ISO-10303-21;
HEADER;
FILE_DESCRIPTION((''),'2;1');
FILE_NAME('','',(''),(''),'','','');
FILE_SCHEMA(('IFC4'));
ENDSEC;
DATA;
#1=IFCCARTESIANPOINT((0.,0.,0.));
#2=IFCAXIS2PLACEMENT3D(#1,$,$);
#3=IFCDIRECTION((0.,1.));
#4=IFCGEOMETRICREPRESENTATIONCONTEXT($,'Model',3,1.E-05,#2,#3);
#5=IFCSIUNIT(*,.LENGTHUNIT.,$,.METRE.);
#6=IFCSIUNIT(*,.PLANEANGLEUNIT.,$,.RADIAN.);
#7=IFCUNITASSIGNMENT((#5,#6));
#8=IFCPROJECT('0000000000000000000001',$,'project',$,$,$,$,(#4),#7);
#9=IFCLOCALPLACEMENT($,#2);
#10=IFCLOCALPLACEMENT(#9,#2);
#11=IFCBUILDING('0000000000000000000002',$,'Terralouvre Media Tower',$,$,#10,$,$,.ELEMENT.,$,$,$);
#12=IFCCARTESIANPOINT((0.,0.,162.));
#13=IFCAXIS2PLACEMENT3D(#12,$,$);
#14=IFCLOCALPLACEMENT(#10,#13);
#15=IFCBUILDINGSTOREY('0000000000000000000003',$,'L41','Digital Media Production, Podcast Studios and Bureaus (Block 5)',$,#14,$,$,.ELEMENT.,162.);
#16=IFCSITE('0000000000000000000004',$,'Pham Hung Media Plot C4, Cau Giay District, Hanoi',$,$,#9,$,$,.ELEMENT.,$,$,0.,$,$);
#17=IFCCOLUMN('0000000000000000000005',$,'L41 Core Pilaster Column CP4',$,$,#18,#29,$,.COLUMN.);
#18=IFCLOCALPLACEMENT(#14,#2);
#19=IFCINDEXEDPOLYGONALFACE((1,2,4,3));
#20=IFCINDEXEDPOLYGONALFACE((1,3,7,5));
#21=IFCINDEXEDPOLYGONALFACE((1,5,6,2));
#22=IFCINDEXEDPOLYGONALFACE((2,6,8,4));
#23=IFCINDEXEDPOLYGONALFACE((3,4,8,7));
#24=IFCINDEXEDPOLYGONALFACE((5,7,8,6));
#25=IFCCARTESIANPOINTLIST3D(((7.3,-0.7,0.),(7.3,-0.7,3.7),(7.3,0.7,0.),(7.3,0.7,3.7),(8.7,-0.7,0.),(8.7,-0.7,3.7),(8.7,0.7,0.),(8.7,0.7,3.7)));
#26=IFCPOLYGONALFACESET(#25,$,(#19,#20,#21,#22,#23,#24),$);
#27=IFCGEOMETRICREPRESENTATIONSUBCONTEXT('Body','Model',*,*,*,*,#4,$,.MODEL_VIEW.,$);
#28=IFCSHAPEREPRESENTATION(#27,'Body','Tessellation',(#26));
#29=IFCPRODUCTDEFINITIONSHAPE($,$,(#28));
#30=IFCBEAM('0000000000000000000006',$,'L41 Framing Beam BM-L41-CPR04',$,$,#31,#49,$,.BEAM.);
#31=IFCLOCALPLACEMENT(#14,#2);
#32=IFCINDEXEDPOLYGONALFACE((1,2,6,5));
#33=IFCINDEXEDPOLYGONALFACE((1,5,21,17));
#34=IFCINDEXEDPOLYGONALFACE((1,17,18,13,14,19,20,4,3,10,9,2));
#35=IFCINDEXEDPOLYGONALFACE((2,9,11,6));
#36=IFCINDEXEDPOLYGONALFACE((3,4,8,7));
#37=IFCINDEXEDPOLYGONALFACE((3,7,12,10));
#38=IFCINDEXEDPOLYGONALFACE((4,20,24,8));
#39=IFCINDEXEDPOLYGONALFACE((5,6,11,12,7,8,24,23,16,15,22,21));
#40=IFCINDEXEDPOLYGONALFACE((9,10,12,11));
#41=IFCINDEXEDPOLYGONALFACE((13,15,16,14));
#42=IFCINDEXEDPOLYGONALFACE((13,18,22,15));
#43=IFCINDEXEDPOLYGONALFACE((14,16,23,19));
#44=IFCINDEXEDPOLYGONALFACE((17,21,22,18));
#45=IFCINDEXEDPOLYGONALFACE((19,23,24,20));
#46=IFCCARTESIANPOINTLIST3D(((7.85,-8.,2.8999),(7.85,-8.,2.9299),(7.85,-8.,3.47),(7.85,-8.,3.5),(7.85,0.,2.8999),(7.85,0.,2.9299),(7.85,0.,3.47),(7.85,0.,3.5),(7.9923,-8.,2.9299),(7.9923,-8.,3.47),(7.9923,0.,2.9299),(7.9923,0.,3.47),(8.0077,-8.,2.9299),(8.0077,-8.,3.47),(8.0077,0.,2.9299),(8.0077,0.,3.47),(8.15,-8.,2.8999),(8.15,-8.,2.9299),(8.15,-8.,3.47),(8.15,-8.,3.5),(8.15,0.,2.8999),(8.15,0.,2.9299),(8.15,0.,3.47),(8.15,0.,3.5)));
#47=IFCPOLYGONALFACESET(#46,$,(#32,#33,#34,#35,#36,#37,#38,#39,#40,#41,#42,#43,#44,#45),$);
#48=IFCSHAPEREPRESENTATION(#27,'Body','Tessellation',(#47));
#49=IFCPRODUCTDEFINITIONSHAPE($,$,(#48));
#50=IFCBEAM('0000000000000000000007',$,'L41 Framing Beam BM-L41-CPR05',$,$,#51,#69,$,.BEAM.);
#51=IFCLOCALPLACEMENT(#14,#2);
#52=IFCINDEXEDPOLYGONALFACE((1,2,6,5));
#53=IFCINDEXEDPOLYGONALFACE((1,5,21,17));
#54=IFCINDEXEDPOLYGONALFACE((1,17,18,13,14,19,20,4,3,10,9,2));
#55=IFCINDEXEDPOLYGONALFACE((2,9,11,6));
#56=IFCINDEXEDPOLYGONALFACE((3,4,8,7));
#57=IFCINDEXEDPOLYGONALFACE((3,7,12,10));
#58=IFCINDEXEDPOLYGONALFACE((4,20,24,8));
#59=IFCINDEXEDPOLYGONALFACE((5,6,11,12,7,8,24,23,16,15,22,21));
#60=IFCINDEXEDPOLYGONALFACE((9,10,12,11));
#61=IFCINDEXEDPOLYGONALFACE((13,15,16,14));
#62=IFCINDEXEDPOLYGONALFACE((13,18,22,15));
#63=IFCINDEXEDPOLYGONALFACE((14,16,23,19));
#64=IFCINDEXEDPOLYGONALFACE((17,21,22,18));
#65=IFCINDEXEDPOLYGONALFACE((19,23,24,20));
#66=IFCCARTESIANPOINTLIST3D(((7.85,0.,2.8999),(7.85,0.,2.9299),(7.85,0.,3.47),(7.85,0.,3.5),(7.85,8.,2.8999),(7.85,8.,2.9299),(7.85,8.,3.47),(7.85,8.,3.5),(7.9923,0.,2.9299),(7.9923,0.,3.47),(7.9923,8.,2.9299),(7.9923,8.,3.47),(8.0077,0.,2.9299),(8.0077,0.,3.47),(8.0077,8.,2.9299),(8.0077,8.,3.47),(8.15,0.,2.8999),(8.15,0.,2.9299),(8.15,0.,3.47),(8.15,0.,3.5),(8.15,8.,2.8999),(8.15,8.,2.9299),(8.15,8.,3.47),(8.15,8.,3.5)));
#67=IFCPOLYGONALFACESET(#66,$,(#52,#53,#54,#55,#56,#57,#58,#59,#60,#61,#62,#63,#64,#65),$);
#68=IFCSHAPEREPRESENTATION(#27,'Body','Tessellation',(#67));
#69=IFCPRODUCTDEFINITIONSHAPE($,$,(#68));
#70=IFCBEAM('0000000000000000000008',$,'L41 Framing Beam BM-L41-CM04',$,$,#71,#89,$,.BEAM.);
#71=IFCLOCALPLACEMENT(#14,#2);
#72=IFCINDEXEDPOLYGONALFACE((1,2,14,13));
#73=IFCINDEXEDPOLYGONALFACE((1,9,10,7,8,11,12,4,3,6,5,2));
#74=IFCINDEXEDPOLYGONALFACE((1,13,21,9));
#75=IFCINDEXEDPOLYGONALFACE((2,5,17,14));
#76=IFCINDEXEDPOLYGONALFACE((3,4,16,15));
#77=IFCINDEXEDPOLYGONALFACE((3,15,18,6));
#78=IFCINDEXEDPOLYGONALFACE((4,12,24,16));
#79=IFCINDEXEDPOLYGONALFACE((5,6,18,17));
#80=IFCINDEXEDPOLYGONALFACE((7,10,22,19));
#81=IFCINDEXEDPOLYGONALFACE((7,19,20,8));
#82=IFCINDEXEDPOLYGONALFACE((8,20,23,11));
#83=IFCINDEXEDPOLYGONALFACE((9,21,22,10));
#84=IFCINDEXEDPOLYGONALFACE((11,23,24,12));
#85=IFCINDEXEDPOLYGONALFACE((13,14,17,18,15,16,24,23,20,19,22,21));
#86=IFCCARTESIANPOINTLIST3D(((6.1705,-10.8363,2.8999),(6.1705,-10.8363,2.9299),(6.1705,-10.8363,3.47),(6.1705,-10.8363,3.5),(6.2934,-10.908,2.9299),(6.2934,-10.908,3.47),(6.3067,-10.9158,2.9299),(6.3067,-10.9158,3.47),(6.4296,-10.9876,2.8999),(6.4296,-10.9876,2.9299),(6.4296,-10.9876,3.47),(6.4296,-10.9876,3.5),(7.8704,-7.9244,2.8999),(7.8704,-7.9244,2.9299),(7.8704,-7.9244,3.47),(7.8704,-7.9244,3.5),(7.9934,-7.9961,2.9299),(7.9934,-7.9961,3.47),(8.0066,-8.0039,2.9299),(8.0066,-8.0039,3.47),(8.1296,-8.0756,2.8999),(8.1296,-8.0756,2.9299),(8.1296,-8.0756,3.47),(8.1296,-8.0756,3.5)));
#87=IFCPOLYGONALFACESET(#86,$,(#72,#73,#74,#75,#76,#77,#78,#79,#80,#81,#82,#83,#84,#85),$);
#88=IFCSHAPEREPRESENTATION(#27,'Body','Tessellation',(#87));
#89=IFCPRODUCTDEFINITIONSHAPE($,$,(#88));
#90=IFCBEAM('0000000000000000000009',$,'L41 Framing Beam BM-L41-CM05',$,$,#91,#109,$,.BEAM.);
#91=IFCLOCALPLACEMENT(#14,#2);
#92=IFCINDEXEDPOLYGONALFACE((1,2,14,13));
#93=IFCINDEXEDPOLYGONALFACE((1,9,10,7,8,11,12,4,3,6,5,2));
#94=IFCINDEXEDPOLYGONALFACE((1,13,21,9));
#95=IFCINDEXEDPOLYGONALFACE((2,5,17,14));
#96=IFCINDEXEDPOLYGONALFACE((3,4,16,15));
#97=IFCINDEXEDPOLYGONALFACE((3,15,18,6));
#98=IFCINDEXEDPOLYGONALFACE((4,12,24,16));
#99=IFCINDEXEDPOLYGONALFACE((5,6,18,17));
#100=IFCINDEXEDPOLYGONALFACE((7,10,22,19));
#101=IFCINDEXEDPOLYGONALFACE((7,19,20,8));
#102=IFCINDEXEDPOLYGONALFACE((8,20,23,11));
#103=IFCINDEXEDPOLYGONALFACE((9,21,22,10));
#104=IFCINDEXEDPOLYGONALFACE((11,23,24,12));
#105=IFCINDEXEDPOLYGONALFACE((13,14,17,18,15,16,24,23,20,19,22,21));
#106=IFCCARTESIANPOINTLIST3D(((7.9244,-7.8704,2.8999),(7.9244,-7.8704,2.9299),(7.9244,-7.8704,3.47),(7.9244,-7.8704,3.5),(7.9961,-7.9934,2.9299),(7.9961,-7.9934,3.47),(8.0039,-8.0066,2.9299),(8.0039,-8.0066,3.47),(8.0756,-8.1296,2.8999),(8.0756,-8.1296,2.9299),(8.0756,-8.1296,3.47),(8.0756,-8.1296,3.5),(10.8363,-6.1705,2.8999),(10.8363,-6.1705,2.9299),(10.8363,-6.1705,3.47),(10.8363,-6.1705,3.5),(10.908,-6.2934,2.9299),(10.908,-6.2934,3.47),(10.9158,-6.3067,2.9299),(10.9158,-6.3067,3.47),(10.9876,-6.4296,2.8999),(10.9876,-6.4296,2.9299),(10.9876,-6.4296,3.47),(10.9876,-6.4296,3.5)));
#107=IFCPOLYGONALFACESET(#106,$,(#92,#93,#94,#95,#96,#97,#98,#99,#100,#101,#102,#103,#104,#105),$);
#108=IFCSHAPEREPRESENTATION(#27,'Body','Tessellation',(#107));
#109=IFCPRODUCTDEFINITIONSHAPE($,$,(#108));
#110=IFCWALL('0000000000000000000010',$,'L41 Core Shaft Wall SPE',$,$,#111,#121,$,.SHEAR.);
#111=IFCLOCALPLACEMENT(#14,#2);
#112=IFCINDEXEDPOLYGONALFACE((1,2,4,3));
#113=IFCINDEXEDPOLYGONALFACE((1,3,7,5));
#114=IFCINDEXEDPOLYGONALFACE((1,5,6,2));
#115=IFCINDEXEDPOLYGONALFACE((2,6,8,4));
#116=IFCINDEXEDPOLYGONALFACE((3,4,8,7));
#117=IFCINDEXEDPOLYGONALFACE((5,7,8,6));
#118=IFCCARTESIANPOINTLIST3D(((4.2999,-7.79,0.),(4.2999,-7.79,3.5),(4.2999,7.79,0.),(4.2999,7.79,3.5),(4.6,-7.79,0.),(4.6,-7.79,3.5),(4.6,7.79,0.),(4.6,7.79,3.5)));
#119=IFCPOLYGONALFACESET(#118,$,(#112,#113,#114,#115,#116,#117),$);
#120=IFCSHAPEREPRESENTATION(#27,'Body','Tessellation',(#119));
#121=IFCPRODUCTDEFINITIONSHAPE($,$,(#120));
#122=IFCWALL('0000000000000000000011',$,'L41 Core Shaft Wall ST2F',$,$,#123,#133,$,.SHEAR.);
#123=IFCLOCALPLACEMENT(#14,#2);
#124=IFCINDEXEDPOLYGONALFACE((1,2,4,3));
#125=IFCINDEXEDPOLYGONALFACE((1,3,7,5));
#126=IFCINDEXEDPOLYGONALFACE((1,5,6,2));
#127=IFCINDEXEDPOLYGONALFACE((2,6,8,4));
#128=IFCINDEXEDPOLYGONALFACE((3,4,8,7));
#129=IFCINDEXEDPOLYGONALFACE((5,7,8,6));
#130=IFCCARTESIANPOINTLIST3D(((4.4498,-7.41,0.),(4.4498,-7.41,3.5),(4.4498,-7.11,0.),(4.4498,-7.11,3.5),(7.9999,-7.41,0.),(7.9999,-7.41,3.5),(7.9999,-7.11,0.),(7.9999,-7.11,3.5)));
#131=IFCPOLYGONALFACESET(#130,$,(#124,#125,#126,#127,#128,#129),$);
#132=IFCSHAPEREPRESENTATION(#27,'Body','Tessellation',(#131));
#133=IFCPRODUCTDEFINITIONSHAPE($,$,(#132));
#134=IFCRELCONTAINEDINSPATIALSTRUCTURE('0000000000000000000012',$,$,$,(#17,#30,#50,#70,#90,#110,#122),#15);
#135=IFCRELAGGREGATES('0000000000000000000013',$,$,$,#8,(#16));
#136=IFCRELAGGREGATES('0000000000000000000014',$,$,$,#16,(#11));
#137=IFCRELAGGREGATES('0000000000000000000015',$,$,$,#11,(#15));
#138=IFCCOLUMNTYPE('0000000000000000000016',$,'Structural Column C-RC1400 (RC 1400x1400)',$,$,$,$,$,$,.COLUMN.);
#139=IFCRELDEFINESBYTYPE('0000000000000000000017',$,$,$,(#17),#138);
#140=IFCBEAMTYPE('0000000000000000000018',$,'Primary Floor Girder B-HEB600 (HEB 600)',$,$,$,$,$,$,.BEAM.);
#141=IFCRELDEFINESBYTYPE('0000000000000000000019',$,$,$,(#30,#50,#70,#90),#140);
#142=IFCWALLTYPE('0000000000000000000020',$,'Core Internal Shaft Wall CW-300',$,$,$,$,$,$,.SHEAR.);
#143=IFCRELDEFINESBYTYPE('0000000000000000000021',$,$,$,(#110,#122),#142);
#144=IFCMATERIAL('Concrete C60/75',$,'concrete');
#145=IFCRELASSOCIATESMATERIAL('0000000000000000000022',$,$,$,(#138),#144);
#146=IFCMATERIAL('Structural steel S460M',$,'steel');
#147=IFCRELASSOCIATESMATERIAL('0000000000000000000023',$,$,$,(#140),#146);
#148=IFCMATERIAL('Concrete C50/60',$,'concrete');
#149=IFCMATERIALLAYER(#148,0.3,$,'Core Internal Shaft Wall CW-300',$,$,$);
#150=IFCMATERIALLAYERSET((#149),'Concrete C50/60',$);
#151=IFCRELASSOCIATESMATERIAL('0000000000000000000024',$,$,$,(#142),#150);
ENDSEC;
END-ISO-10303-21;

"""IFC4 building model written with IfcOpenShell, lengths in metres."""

from ifc_helpers import new_model, si_unit, direction, frame, frame_2d, origin, origin_2d, place, context, subcontext, project, spatial, rectangle, i_section, extrude, material, layer, layer_set, material_profile, profile_set, type_object, element, save


model = new_model("IFC4")

# Units and contexts
model_context = context("Model", 3, precision=1e-05, world=origin(), true_north=direction((0.0, 1.0)))
body_context = subcontext(model_context, "Body", "Model", "MODEL_VIEW")
ifc_project = project(units=[si_unit("LENGTHUNIT", "METRE"), si_unit("PLANEANGLEUNIT", "RADIAN")], contexts=[model_context])

# Site, building, storey
site_placement = place(None, origin())
site = spatial("IfcSite", under=ifc_project, at=site_placement, Name="Pham Hung Media Plot C4, Cau Giay District, Hanoi", CompositionType="ELEMENT", RefElevation=0.0)
building_placement = place(site_placement, origin())
building = spatial("IfcBuilding", under=site, at=building_placement, Name="Terralouvre Media Tower", CompositionType="ELEMENT")
storey_placement = place(building_placement, frame((0.0, 0.0, 162.0)))
storey = spatial("IfcBuildingStorey", under=building, at=storey_placement, Name="L41", Description="Digital Media Production, Podcast Studios and Bureaus (Block 5)", CompositionType="ELEMENT", Elevation=162.0)

# Column
ifc_material_1 = material(Name="Concrete C60/75", Category="concrete")
ifc_material_profile_1 = material_profile(ifc_material_1, rectangle(XDim=1.3999, YDim=1.3999, at=origin_2d()), Name="RC 1400x1400")
ifc_profile_set_1 = profile_set([ifc_material_profile_1], Name="Concrete C60/75")
column_type = type_object("IfcColumnType", Name="Structural Column C-RC1400 (RC 1400x1400)", PredefinedType="COLUMN", material=ifc_profile_set_1)
column_placement = place(storey_placement, frame((8.0, 0.0, 0.0), z_axis=(0.0, 0.0, 1.0), x_axis=(1.0, 0.0, 0.0)))
element("IfcColumn", 1, at=column_placement, inside=storey, type_object=column_type, Name="L41 Core Pilaster Column CP4", PredefinedType="COLUMN", context=body_context, shape_type="SweptSolid", body=[
    extrude(rectangle(XDim=1.3999, YDim=1.3999, at=origin_2d()), origin(), (0.0, 0.0, 1.0), 3.7),
])

# Beams
ifc_material_2 = material(Name="Structural steel S460M", Category="steel")
ifc_material_profile_2 = material_profile(ifc_material_2, i_section(OverallWidth=0.3, OverallDepth=0.6001, WebThickness=0.0154, FlangeThickness=0.03, at=origin_2d()), Name="HEB 600")
ifc_profile_set_2 = profile_set([ifc_material_profile_2], Name="Structural steel S460M")
beam_type = type_object("IfcBeamType", Name="Primary Floor Girder B-HEB600 (HEB 600)", PredefinedType="BEAM", material=ifc_profile_set_2)
for number, where, z_axis, x_axis, name in (
    (2, (8.0, -8.0, 3.2), (0.0, 1.0, 0.0), (-1.0, 0.0, 0.0), "L41 Framing Beam BM-L41-CPR04"),
    (3, (8.0, 0.0, 3.2), (0.0, 1.0, 0.0), (-1.0, 0.0, 0.0), "L41 Framing Beam BM-L41-CPR05"),
):
    element("IfcBeam", number, at=place(storey_placement, frame(where, z_axis=z_axis, x_axis=x_axis)), inside=storey, type_object=beam_type, Name=name, PredefinedType="BEAM", context=body_context, shape_type="SweptSolid", body=[
        extrude(i_section(OverallWidth=0.3, OverallDepth=0.6001, WebThickness=0.0154, FlangeThickness=0.03, at=origin_2d()), origin(), (0.0, 0.0, 1.0), 8.0),
    ])
for number, where, z_axis, x_axis, name in (
    (4, (8.0, -8.0, 3.2), (-0.504173, -0.863603, 0.0), (0.863603, -0.504173, 0.0), "L41 Framing Beam BM-L41-CM04"),
    (5, (8.0, -8.0, 3.2), (0.863603, 0.504173, 0.0), (-0.504173, 0.863603, 0.0), "L41 Framing Beam BM-L41-CM05"),
):
    element("IfcBeam", number, at=place(storey_placement, frame(where, z_axis=z_axis, x_axis=x_axis)), inside=storey, type_object=beam_type, Name=name, PredefinedType="BEAM", context=body_context, shape_type="SweptSolid", body=[
        extrude(i_section(OverallWidth=0.3, OverallDepth=0.6001, WebThickness=0.0154, FlangeThickness=0.03, at=origin_2d()), origin(), (0.0, 0.0, 1.0), 3.3718),
    ])

# Wall
ifc_material_3 = material(Name="Concrete C50/60", Category="concrete")
ifc_layer_1 = layer(ifc_material_3, 0.3, Name="Core Internal Shaft Wall CW-300")
ifc_layer_set_1 = layer_set([ifc_layer_1], Name="Concrete C50/60")
wall_type_1 = type_object("IfcWallType", Name="Core Internal Shaft Wall CW-300", PredefinedType="SHEAR", material=ifc_layer_set_1)
wall_1_placement = place(storey_placement, frame((4.45, -7.79, 0.0), z_axis=(0.0, 0.0, 1.0), x_axis=(0.0, 1.0, 0.0)))
element("IfcWall", 6, at=wall_1_placement, inside=storey, type_object=wall_type_1, Name="L41 Core Shaft Wall SPE", PredefinedType="SHEAR", context=body_context, shape_type="SweptSolid", body=[
    extrude(rectangle(XDim=15.5801, YDim=0.3, at=frame_2d((7.79, 0.0))), origin(), (0.0, 0.0, 1.0), 3.5),
])

# Wall
wall_2_placement = place(storey_placement, frame((4.45, -7.26, 0.0), z_axis=(0.0, 0.0, 1.0), x_axis=(1.0, 0.0, 0.0)))
element("IfcWall", 7, at=wall_2_placement, inside=storey, type_object=wall_type_1, Name="L41 Core Shaft Wall ST2F", PredefinedType="SHEAR", context=body_context, shape_type="SweptSolid", body=[
    extrude(rectangle(XDim=3.55, YDim=0.3, at=frame_2d((1.7749, 0.0))), origin(), (0.0, 0.0, 1.0), 3.5),
])

save(model, "model.ifc")
